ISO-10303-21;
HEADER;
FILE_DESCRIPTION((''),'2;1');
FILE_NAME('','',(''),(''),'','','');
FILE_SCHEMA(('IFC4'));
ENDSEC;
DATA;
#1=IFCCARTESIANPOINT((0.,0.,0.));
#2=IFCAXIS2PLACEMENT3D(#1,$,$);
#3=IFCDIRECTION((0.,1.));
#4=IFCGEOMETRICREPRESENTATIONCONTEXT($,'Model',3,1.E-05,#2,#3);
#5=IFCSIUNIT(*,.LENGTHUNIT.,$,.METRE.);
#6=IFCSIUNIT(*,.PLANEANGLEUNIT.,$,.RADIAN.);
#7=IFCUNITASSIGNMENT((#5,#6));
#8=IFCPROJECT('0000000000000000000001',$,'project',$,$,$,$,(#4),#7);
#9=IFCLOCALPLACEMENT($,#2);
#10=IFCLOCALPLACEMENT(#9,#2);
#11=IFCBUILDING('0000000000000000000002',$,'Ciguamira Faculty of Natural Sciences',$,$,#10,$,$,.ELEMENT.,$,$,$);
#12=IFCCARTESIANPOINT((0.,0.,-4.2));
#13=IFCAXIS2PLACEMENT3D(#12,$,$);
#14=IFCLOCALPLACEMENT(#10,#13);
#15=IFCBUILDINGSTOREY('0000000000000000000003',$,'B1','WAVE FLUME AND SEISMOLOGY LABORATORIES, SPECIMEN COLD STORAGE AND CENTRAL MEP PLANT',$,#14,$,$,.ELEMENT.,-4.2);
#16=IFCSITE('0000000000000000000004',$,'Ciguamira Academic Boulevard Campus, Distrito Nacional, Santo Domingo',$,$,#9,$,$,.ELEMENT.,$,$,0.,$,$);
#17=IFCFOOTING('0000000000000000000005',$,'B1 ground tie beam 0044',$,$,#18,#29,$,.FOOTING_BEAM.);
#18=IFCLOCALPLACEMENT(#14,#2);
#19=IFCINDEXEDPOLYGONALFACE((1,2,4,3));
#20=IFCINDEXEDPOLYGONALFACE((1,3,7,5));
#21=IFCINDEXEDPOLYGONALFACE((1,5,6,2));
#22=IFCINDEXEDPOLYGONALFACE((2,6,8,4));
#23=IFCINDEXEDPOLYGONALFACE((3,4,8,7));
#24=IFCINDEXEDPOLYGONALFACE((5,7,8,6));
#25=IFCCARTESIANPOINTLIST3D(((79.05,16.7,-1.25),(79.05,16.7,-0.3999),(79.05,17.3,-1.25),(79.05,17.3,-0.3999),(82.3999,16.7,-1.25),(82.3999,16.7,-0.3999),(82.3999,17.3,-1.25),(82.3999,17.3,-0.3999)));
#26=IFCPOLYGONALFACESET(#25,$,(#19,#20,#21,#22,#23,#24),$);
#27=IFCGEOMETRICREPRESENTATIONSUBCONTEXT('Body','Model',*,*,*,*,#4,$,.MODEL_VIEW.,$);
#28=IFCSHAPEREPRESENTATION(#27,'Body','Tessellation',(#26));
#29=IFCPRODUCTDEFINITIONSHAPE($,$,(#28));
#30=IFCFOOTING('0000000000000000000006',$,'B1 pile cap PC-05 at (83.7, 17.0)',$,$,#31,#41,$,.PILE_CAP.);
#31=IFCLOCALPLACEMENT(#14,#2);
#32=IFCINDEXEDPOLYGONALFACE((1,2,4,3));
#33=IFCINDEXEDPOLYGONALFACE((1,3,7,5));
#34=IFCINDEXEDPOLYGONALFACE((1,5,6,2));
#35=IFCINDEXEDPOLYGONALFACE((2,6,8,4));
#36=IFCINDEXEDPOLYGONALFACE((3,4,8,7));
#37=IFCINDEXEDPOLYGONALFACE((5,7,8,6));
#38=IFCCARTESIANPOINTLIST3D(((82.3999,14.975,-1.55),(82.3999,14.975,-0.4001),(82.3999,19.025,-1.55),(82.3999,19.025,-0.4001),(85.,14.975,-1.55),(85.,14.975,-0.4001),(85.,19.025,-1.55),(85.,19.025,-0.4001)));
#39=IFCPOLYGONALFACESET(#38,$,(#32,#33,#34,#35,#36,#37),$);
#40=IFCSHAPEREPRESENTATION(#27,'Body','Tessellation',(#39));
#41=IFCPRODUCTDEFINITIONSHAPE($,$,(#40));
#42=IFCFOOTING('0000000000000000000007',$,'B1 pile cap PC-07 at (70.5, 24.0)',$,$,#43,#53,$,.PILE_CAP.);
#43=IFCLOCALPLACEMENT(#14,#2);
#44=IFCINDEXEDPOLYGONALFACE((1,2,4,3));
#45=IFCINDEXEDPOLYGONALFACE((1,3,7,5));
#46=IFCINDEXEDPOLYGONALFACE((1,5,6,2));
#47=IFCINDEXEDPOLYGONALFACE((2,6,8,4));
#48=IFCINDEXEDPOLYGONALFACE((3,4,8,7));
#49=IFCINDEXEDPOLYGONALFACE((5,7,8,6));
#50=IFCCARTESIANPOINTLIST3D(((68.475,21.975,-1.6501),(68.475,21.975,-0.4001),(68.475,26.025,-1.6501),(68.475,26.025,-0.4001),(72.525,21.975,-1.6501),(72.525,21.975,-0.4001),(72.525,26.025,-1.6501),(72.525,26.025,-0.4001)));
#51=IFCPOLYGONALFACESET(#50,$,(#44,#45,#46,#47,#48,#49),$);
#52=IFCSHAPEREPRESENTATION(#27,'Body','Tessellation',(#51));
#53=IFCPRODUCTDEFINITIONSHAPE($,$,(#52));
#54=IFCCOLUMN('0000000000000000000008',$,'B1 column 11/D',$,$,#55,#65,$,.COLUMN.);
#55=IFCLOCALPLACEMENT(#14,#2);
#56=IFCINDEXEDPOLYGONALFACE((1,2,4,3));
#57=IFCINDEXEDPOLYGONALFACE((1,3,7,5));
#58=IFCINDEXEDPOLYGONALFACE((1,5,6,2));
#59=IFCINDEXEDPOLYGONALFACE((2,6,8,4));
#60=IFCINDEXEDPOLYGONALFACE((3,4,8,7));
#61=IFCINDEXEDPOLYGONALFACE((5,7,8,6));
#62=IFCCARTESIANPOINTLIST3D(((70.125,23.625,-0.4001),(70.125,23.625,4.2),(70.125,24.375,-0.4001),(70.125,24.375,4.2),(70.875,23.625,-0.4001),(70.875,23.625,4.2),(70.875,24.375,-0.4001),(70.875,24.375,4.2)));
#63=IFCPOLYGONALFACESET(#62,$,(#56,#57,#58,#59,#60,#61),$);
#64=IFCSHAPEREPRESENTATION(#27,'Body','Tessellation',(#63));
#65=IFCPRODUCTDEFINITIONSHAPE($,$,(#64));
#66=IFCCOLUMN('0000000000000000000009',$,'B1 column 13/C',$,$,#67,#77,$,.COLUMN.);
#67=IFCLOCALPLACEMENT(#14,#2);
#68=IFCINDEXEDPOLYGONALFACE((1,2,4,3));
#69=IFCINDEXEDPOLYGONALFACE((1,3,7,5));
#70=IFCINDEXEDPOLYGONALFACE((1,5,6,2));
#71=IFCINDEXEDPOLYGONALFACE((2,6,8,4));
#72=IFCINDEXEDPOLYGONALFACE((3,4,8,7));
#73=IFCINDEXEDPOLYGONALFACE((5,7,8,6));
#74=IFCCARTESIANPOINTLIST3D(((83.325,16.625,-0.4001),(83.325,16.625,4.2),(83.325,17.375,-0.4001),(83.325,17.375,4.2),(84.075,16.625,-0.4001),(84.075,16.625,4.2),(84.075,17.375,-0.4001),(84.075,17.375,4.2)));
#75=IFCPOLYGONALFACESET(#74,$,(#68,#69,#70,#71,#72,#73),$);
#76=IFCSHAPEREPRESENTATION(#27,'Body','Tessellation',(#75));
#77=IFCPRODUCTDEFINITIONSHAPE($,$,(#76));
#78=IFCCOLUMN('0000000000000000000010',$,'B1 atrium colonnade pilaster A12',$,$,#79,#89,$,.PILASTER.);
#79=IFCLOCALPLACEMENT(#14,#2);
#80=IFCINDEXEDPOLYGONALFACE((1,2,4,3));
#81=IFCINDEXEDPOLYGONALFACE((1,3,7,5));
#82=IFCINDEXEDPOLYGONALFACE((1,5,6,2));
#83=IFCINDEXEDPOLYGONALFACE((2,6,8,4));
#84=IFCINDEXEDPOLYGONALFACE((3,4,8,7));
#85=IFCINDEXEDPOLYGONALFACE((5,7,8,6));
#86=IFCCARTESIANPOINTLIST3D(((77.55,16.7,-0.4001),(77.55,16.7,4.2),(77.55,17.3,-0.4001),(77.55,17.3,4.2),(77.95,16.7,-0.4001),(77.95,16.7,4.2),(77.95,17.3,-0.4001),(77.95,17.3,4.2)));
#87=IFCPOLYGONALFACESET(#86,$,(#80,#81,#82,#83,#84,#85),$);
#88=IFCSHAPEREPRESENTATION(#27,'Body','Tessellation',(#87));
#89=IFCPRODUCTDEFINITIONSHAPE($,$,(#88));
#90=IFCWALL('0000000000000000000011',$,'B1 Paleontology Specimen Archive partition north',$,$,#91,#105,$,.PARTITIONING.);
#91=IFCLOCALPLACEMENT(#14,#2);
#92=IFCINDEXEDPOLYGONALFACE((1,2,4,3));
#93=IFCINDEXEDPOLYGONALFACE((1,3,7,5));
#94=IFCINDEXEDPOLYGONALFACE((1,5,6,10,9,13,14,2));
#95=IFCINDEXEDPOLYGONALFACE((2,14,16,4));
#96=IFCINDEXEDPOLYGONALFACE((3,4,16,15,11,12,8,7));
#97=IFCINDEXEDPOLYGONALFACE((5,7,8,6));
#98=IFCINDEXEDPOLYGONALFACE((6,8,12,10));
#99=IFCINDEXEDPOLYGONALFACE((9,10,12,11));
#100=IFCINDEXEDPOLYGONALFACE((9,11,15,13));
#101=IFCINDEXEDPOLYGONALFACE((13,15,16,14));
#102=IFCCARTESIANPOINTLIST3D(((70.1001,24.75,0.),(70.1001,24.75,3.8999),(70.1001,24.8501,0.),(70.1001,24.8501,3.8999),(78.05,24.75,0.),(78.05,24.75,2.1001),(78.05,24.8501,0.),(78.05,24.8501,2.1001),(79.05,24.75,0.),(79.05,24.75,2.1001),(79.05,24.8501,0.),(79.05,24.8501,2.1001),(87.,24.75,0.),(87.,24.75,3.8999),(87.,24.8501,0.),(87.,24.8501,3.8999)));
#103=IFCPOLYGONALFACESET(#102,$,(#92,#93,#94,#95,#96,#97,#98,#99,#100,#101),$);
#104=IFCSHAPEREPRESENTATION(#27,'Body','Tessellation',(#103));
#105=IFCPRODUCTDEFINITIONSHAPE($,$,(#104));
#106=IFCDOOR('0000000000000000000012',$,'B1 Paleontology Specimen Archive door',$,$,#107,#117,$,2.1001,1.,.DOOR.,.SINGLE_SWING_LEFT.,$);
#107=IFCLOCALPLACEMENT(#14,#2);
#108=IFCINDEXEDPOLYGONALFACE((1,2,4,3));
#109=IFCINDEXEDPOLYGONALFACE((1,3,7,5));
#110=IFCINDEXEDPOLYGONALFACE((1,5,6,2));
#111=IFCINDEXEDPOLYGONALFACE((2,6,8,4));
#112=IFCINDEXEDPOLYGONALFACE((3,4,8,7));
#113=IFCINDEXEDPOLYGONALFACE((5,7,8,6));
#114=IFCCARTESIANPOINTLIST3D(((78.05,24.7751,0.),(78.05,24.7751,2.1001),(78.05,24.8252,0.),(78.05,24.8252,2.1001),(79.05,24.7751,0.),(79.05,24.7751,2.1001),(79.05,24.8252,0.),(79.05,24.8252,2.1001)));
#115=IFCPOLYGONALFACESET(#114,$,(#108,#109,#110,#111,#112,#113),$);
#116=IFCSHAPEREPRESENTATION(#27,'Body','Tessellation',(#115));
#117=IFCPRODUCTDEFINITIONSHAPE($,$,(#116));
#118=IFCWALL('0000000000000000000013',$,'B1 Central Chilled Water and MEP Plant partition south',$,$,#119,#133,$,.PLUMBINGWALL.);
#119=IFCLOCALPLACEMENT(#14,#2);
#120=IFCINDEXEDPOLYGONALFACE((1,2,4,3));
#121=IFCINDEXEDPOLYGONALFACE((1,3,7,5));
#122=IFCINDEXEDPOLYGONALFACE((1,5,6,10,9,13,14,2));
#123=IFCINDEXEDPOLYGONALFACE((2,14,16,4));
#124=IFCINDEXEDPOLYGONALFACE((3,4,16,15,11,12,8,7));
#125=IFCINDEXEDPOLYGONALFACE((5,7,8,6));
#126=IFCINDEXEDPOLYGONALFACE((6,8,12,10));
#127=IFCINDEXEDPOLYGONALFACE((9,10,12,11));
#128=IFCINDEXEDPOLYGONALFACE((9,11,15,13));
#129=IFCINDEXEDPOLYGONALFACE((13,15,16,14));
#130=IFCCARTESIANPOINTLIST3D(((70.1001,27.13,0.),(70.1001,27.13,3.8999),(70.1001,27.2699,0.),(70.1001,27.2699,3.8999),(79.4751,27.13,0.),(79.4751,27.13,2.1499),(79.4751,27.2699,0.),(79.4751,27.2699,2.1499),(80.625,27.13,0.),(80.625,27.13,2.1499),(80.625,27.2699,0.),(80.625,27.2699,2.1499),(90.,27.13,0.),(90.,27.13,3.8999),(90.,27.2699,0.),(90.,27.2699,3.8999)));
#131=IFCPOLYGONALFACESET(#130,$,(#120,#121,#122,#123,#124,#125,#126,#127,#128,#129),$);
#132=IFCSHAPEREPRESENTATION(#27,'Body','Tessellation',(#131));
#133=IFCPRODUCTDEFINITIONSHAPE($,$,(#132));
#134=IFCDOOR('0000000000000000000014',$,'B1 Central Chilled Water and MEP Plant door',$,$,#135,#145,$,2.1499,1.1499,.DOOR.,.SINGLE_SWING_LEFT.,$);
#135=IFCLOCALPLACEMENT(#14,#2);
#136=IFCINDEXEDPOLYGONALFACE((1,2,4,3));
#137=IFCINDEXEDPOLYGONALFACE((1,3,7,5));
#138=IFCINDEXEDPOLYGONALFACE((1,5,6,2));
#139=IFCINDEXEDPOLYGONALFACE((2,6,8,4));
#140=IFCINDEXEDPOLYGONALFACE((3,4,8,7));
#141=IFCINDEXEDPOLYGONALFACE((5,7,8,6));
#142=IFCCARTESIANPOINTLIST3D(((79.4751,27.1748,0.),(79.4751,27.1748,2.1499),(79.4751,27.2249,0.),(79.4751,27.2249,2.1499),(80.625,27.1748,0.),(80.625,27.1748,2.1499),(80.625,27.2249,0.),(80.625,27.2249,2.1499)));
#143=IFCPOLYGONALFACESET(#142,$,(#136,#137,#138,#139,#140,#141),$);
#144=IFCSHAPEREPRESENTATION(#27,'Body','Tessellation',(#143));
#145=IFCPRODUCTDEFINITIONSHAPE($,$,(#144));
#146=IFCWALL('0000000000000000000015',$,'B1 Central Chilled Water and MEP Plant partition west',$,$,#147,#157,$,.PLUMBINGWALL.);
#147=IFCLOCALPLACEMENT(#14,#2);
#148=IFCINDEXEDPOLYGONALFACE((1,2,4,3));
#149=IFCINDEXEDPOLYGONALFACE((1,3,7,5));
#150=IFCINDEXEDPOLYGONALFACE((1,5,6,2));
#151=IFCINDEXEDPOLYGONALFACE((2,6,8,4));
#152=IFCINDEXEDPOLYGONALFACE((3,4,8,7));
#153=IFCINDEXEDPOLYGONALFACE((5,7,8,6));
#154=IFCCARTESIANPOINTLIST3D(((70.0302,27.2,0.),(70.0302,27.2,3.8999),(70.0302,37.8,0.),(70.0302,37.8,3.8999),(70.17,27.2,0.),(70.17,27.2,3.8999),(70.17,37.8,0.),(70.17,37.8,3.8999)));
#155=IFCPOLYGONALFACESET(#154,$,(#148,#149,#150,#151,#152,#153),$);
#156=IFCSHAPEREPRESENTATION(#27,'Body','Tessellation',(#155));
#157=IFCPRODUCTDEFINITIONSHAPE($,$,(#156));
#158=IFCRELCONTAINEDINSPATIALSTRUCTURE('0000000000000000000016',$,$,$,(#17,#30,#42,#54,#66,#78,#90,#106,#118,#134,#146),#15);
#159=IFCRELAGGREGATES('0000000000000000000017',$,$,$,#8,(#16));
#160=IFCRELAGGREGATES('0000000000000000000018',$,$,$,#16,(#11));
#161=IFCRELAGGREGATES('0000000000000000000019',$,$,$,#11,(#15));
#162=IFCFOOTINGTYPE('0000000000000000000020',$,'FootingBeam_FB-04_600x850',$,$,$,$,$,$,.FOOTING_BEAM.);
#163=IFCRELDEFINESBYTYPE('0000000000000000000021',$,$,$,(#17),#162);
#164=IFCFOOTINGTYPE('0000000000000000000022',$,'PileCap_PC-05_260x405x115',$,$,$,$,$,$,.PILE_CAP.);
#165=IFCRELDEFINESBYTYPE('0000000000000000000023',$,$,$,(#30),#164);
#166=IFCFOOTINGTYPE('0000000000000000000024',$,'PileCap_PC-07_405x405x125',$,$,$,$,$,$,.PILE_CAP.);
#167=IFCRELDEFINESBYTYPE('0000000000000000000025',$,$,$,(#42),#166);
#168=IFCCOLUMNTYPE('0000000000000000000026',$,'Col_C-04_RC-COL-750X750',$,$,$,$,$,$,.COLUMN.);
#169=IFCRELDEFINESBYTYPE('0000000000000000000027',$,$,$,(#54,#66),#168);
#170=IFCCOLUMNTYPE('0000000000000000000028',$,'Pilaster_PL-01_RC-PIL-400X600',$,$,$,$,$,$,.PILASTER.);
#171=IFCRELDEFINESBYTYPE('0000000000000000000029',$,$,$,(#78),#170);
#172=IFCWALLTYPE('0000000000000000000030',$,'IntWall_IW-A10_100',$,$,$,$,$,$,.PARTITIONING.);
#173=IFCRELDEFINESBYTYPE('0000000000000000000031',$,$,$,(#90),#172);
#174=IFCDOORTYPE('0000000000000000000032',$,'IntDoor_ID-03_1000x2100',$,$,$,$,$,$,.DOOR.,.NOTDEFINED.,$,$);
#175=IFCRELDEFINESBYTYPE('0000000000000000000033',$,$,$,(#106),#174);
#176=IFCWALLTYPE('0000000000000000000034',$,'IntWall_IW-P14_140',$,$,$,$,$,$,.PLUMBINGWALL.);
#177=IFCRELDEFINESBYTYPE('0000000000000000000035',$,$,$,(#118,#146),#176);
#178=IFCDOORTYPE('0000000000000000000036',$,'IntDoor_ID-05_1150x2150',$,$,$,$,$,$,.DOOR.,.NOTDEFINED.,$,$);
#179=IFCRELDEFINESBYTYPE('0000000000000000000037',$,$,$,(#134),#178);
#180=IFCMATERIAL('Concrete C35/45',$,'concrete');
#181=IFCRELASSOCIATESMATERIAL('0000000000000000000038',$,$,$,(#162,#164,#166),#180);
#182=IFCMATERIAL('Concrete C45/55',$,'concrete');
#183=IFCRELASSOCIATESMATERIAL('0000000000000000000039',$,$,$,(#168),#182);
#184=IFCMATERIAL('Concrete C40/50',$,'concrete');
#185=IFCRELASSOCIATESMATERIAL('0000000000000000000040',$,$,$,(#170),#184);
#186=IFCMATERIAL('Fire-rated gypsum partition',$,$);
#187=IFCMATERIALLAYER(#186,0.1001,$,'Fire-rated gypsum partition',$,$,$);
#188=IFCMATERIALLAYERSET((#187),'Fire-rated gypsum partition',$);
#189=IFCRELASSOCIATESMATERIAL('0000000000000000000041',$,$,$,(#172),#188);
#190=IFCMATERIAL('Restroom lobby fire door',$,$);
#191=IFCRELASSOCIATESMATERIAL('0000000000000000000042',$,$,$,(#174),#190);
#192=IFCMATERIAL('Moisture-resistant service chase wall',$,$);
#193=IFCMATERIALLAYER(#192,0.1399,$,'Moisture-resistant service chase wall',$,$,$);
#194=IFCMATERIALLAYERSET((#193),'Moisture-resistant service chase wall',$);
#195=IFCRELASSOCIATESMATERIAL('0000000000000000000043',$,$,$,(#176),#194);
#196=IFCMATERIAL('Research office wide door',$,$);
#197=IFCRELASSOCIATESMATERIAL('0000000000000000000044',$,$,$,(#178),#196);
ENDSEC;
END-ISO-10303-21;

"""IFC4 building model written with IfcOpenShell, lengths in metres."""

from ifc_helpers import new_model, si_unit, direction, frame, frame_2d, origin, origin_2d, place, context, subcontext, project, spatial, rectangle, extrude, material, layer, layer_set, material_profile, profile_set, type_object, element, fill, save


model = new_model("IFC4")

# Units and contexts
model_context = context("Model", 3, precision=1e-05, world=origin(), true_north=direction((0.0, 1.0)))
body_context = subcontext(model_context, "Body", "Model", "MODEL_VIEW")
ifc_project = project(units=[si_unit("LENGTHUNIT", "METRE"), si_unit("PLANEANGLEUNIT", "RADIAN")], contexts=[model_context])

# Site, building, storey
site_placement = place(None, origin())
site = spatial("IfcSite", under=ifc_project, at=site_placement, Name="Ciguamira Academic Boulevard Campus, Distrito Nacional, Santo Domingo", CompositionType="ELEMENT", RefElevation=0.0)
building_placement = place(site_placement, origin())
building = spatial("IfcBuilding", under=site, at=building_placement, Name="Ciguamira Faculty of Natural Sciences", CompositionType="ELEMENT")
storey_placement = place(building_placement, frame((0.0, 0.0, -4.2)))
storey = spatial("IfcBuildingStorey", under=building, at=storey_placement, Name="B1", Description="WAVE FLUME AND SEISMOLOGY LABORATORIES, SPECIMEN COLD STORAGE AND CENTRAL MEP PLANT", CompositionType="ELEMENT", Elevation=-4.2)

# Shared definitions
ifc_material_1 = material(Name="Concrete C35/45", Category="concrete")

# Footings
ifc_material_profile_1 = material_profile(ifc_material_1, rectangle(XDim=0.6001, YDim=0.8501, at=origin_2d()), Name="RC-FB-600X850")
ifc_profile_set_1 = profile_set([ifc_material_profile_1], Name="Concrete C35/45")
footing_type_1 = type_object("IfcFootingType", Name="FootingBeam_FB-04_600x850", PredefinedType="FOOTING_BEAM", material=ifc_profile_set_1)
footing_1_placement = place(storey_placement, frame((79.05, 17.0, -0.825), z_axis=(1.0, 0.0, 0.0), x_axis=(0.0, 1.0, 0.0)))
element("IfcFooting", 1, at=footing_1_placement, inside=storey, type_object=footing_type_1, Name="B1 ground tie beam 0044", PredefinedType="FOOTING_BEAM", context=body_context, shape_type="SweptSolid", body=[
    extrude(rectangle(XDim=0.6001, YDim=0.8501, at=origin_2d()), origin(), (0.0, 0.0, 1.0), 3.3499),
])
footing_type_2 = type_object("IfcFootingType", Name="PileCap_PC-05_260x405x115", PredefinedType="PILE_CAP", material=ifc_material_1)
footing_2_placement = place(storey_placement, frame((83.7, 17.0, -1.55), z_axis=(0.0, 0.0, 1.0), x_axis=(1.0, 0.0, 0.0)))
element("IfcFooting", 2, at=footing_2_placement, inside=storey, type_object=footing_type_2, Name="B1 pile cap PC-05 at (83.7, 17.0)", PredefinedType="PILE_CAP", context=body_context, shape_type="SweptSolid", body=[
    extrude(rectangle(XDim=2.6001, YDim=4.05, at=origin_2d()), origin(), (0.0, 0.0, 1.0), 1.1499),
])
footing_type_3 = type_object("IfcFootingType", Name="PileCap_PC-07_405x405x125", PredefinedType="PILE_CAP", material=ifc_material_1)
footing_3_placement = place(storey_placement, frame((70.5, 24.0, -1.6501), z_axis=(0.0, 0.0, 1.0), x_axis=(1.0, 0.0, 0.0)))
element("IfcFooting", 3, at=footing_3_placement, inside=storey, type_object=footing_type_3, Name="B1 pile cap PC-07 at (70.5, 24.0)", PredefinedType="PILE_CAP", context=body_context, shape_type="SweptSolid", body=[
    extrude(rectangle(XDim=4.05, YDim=4.05, at=origin_2d()), origin(), (0.0, 0.0, 1.0), 1.25),
])

# Columns
ifc_material_2 = material(Name="Concrete C45/55", Category="concrete")
ifc_material_profile_2 = material_profile(ifc_material_2, rectangle(XDim=0.75, YDim=0.75, at=origin_2d()), Name="RC-COL-750X750")
ifc_profile_set_2 = profile_set([ifc_material_profile_2], Name="Concrete C45/55")
column_type_1 = type_object("IfcColumnType", Name="Col_C-04_RC-COL-750X750", PredefinedType="COLUMN", material=ifc_profile_set_2)
for number, where, z_axis, x_axis, name in (
    (4, (70.5, 24.0, -0.4001), (0.0, 0.0, 1.0), (1.0, 0.0, 0.0), "B1 column 11/D"),
    (5, (83.7, 17.0, -0.4001), (0.0, 0.0, 1.0), (1.0, 0.0, 0.0), "B1 column 13/C"),
):
    element("IfcColumn", number, at=place(storey_placement, frame(where, z_axis=z_axis, x_axis=x_axis)), inside=storey, type_object=column_type_1, Name=name, PredefinedType="COLUMN", context=body_context, shape_type="SweptSolid", body=[
        extrude(rectangle(XDim=0.75, YDim=0.75, at=origin_2d()), origin(), (0.0, 0.0, 1.0), 4.6001),
    ])
ifc_material_3 = material(Name="Concrete C40/50", Category="concrete")
ifc_material_profile_3 = material_profile(ifc_material_3, rectangle(XDim=0.3999, YDim=0.6001, at=origin_2d()), Name="RC-PIL-400X600")
ifc_profile_set_3 = profile_set([ifc_material_profile_3], Name="Concrete C40/50")
column_type_2 = type_object("IfcColumnType", Name="Pilaster_PL-01_RC-PIL-400X600", PredefinedType="PILASTER", material=ifc_profile_set_3)
column_placement = place(storey_placement, frame((77.75, 17.0, -0.4001), z_axis=(0.0, 0.0, 1.0), x_axis=(1.0, 0.0, 0.0)))
element("IfcColumn", 6, at=column_placement, inside=storey, type_object=column_type_2, Name="B1 atrium colonnade pilaster A12", PredefinedType="PILASTER", context=body_context, shape_type="SweptSolid", body=[
    extrude(rectangle(XDim=0.3999, YDim=0.6001, at=origin_2d()), origin(), (0.0, 0.0, 1.0), 4.6001),
])

# Walls, openings, doors
ifc_material_4 = material(Name="Fire-rated gypsum partition")
ifc_layer_1 = layer(ifc_material_4, 0.1001, Name="Fire-rated gypsum partition")
ifc_layer_set_1 = layer_set([ifc_layer_1], Name="Fire-rated gypsum partition")
wall_type_1 = type_object("IfcWallType", Name="IntWall_IW-A10_100", PredefinedType="PARTITIONING", material=ifc_layer_set_1)
wall_1_placement = place(storey_placement, frame((70.1001, 24.8, 0.0), z_axis=(0.0, 0.0, 1.0), x_axis=(1.0, 0.0, 0.0)))
wall_1 = element("IfcWall", 7, at=wall_1_placement, inside=storey, type_object=wall_type_1, Name="B1 Paleontology Specimen Archive partition north", PredefinedType="PARTITIONING", context=body_context, shape_type="SweptSolid", body=[
    extrude(rectangle(XDim=16.8999, YDim=0.1001, at=frame_2d((8.45, 0.0))), origin(), (0.0, 0.0, 1.0), 3.8999),
])
opening_1_placement = place(wall_1_placement, frame((7.95, 0.0, 0.0)))
opening_1 = element("IfcOpeningElement", 8, at=opening_1_placement, cuts=wall_1, PredefinedType="OPENING", context=body_context, shape_type="SweptSolid", body=[
    extrude(rectangle(XDim=1.0, YDim=2.1001, at=frame_2d((0.5, 1.05))), frame((0.0, 0.0601, 0.0), z_axis=(0.0, -1.0, 0.0), x_axis=(1.0, 0.0, 0.0)), (0.0, 0.0, 1.0), 0.1201),
])
ifc_material_5 = material(Name="Restroom lobby fire door")
door_type_1 = type_object("IfcDoorType", Name="IntDoor_ID-03_1000x2100", OperationType="NOTDEFINED", PredefinedType="DOOR", material=ifc_material_5)
door_1_placement = place(opening_1_placement, frame((1.0, 0.0, 0.0), z_axis=(0.0, 0.0, 1.0), x_axis=(-1.0, 0.0, 0.0)))
door_1 = element("IfcDoor", 9, at=door_1_placement, inside=storey, type_object=door_type_1, Name="B1 Paleontology Specimen Archive door", OperationType="SINGLE_SWING_LEFT", OverallHeight=2.1001, OverallWidth=1.0, PredefinedType="DOOR", context=body_context, shape_type="SweptSolid", body=[
    extrude(rectangle(XDim=1.0, YDim=2.1001, at=frame_2d((0.5, 1.05))), frame((0.0, 0.0249, 0.0), z_axis=(0.0, -1.0, 0.0), x_axis=(1.0, 0.0, 0.0)), (0.0, 0.0, 1.0), 0.05),
])
fill(opening_1, door_1)
ifc_material_6 = material(Name="Moisture-resistant service chase wall")
ifc_layer_2 = layer(ifc_material_6, 0.1399, Name="Moisture-resistant service chase wall")
ifc_layer_set_2 = layer_set([ifc_layer_2], Name="Moisture-resistant service chase wall")
wall_type_2 = type_object("IfcWallType", Name="IntWall_IW-P14_140", PredefinedType="PLUMBINGWALL", material=ifc_layer_set_2)
wall_2_placement = place(storey_placement, frame((70.1001, 27.2, 0.0), z_axis=(0.0, 0.0, 1.0), x_axis=(1.0, 0.0, 0.0)))
wall_2 = element("IfcWall", 10, at=wall_2_placement, inside=storey, type_object=wall_type_2, Name="B1 Central Chilled Water and MEP Plant partition south", PredefinedType="PLUMBINGWALL", context=body_context, shape_type="SweptSolid", body=[
    extrude(rectangle(XDim=19.8999, YDim=0.1399, at=frame_2d((9.95, 0.0))), origin(), (0.0, 0.0, 1.0), 3.8999),
])
opening_2_placement = place(wall_2_placement, frame((9.375, 0.0, 0.0)))
opening_2 = element("IfcOpeningElement", 11, at=opening_2_placement, cuts=wall_2, PredefinedType="OPENING", context=body_context, shape_type="SweptSolid", body=[
    extrude(rectangle(XDim=1.1499, YDim=2.1499, at=frame_2d((0.575, 1.075))), frame((0.0, 0.0798, 0.0), z_axis=(0.0, -1.0, 0.0), x_axis=(1.0, 0.0, 0.0)), (0.0, 0.0, 1.0), 0.1599),
])
ifc_material_7 = material(Name="Research office wide door")
door_type_2 = type_object("IfcDoorType", Name="IntDoor_ID-05_1150x2150", OperationType="NOTDEFINED", PredefinedType="DOOR", material=ifc_material_7)
door_2_placement = place(opening_2_placement, origin())
door_2 = element("IfcDoor", 12, at=door_2_placement, inside=storey, type_object=door_type_2, Name="B1 Central Chilled Water and MEP Plant door", OperationType="SINGLE_SWING_LEFT", OverallHeight=2.1499, OverallWidth=1.1499, PredefinedType="DOOR", context=body_context, shape_type="SweptSolid", body=[
    extrude(rectangle(XDim=1.1499, YDim=2.1499, at=frame_2d((0.575, 1.075))), frame((0.0, 0.0249, 0.0), z_axis=(0.0, -1.0, 0.0), x_axis=(1.0, 0.0, 0.0)), (0.0, 0.0, 1.0), 0.05),
])
fill(opening_2, door_2)

# Wall
wall_3_placement = place(storey_placement, frame((70.1001, 27.2, 0.0), z_axis=(0.0, 0.0, 1.0), x_axis=(0.0, 1.0, 0.0)))
element("IfcWall", 13, at=wall_3_placement, inside=storey, type_object=wall_type_2, Name="B1 Central Chilled Water and MEP Plant partition west", PredefinedType="PLUMBINGWALL", context=body_context, shape_type="SweptSolid", body=[
    extrude(rectangle(XDim=10.6001, YDim=0.1399, at=frame_2d((5.3, 0.0))), origin(), (0.0, 0.0, 1.0), 3.8999),
])

save(model, "model.ifc")
